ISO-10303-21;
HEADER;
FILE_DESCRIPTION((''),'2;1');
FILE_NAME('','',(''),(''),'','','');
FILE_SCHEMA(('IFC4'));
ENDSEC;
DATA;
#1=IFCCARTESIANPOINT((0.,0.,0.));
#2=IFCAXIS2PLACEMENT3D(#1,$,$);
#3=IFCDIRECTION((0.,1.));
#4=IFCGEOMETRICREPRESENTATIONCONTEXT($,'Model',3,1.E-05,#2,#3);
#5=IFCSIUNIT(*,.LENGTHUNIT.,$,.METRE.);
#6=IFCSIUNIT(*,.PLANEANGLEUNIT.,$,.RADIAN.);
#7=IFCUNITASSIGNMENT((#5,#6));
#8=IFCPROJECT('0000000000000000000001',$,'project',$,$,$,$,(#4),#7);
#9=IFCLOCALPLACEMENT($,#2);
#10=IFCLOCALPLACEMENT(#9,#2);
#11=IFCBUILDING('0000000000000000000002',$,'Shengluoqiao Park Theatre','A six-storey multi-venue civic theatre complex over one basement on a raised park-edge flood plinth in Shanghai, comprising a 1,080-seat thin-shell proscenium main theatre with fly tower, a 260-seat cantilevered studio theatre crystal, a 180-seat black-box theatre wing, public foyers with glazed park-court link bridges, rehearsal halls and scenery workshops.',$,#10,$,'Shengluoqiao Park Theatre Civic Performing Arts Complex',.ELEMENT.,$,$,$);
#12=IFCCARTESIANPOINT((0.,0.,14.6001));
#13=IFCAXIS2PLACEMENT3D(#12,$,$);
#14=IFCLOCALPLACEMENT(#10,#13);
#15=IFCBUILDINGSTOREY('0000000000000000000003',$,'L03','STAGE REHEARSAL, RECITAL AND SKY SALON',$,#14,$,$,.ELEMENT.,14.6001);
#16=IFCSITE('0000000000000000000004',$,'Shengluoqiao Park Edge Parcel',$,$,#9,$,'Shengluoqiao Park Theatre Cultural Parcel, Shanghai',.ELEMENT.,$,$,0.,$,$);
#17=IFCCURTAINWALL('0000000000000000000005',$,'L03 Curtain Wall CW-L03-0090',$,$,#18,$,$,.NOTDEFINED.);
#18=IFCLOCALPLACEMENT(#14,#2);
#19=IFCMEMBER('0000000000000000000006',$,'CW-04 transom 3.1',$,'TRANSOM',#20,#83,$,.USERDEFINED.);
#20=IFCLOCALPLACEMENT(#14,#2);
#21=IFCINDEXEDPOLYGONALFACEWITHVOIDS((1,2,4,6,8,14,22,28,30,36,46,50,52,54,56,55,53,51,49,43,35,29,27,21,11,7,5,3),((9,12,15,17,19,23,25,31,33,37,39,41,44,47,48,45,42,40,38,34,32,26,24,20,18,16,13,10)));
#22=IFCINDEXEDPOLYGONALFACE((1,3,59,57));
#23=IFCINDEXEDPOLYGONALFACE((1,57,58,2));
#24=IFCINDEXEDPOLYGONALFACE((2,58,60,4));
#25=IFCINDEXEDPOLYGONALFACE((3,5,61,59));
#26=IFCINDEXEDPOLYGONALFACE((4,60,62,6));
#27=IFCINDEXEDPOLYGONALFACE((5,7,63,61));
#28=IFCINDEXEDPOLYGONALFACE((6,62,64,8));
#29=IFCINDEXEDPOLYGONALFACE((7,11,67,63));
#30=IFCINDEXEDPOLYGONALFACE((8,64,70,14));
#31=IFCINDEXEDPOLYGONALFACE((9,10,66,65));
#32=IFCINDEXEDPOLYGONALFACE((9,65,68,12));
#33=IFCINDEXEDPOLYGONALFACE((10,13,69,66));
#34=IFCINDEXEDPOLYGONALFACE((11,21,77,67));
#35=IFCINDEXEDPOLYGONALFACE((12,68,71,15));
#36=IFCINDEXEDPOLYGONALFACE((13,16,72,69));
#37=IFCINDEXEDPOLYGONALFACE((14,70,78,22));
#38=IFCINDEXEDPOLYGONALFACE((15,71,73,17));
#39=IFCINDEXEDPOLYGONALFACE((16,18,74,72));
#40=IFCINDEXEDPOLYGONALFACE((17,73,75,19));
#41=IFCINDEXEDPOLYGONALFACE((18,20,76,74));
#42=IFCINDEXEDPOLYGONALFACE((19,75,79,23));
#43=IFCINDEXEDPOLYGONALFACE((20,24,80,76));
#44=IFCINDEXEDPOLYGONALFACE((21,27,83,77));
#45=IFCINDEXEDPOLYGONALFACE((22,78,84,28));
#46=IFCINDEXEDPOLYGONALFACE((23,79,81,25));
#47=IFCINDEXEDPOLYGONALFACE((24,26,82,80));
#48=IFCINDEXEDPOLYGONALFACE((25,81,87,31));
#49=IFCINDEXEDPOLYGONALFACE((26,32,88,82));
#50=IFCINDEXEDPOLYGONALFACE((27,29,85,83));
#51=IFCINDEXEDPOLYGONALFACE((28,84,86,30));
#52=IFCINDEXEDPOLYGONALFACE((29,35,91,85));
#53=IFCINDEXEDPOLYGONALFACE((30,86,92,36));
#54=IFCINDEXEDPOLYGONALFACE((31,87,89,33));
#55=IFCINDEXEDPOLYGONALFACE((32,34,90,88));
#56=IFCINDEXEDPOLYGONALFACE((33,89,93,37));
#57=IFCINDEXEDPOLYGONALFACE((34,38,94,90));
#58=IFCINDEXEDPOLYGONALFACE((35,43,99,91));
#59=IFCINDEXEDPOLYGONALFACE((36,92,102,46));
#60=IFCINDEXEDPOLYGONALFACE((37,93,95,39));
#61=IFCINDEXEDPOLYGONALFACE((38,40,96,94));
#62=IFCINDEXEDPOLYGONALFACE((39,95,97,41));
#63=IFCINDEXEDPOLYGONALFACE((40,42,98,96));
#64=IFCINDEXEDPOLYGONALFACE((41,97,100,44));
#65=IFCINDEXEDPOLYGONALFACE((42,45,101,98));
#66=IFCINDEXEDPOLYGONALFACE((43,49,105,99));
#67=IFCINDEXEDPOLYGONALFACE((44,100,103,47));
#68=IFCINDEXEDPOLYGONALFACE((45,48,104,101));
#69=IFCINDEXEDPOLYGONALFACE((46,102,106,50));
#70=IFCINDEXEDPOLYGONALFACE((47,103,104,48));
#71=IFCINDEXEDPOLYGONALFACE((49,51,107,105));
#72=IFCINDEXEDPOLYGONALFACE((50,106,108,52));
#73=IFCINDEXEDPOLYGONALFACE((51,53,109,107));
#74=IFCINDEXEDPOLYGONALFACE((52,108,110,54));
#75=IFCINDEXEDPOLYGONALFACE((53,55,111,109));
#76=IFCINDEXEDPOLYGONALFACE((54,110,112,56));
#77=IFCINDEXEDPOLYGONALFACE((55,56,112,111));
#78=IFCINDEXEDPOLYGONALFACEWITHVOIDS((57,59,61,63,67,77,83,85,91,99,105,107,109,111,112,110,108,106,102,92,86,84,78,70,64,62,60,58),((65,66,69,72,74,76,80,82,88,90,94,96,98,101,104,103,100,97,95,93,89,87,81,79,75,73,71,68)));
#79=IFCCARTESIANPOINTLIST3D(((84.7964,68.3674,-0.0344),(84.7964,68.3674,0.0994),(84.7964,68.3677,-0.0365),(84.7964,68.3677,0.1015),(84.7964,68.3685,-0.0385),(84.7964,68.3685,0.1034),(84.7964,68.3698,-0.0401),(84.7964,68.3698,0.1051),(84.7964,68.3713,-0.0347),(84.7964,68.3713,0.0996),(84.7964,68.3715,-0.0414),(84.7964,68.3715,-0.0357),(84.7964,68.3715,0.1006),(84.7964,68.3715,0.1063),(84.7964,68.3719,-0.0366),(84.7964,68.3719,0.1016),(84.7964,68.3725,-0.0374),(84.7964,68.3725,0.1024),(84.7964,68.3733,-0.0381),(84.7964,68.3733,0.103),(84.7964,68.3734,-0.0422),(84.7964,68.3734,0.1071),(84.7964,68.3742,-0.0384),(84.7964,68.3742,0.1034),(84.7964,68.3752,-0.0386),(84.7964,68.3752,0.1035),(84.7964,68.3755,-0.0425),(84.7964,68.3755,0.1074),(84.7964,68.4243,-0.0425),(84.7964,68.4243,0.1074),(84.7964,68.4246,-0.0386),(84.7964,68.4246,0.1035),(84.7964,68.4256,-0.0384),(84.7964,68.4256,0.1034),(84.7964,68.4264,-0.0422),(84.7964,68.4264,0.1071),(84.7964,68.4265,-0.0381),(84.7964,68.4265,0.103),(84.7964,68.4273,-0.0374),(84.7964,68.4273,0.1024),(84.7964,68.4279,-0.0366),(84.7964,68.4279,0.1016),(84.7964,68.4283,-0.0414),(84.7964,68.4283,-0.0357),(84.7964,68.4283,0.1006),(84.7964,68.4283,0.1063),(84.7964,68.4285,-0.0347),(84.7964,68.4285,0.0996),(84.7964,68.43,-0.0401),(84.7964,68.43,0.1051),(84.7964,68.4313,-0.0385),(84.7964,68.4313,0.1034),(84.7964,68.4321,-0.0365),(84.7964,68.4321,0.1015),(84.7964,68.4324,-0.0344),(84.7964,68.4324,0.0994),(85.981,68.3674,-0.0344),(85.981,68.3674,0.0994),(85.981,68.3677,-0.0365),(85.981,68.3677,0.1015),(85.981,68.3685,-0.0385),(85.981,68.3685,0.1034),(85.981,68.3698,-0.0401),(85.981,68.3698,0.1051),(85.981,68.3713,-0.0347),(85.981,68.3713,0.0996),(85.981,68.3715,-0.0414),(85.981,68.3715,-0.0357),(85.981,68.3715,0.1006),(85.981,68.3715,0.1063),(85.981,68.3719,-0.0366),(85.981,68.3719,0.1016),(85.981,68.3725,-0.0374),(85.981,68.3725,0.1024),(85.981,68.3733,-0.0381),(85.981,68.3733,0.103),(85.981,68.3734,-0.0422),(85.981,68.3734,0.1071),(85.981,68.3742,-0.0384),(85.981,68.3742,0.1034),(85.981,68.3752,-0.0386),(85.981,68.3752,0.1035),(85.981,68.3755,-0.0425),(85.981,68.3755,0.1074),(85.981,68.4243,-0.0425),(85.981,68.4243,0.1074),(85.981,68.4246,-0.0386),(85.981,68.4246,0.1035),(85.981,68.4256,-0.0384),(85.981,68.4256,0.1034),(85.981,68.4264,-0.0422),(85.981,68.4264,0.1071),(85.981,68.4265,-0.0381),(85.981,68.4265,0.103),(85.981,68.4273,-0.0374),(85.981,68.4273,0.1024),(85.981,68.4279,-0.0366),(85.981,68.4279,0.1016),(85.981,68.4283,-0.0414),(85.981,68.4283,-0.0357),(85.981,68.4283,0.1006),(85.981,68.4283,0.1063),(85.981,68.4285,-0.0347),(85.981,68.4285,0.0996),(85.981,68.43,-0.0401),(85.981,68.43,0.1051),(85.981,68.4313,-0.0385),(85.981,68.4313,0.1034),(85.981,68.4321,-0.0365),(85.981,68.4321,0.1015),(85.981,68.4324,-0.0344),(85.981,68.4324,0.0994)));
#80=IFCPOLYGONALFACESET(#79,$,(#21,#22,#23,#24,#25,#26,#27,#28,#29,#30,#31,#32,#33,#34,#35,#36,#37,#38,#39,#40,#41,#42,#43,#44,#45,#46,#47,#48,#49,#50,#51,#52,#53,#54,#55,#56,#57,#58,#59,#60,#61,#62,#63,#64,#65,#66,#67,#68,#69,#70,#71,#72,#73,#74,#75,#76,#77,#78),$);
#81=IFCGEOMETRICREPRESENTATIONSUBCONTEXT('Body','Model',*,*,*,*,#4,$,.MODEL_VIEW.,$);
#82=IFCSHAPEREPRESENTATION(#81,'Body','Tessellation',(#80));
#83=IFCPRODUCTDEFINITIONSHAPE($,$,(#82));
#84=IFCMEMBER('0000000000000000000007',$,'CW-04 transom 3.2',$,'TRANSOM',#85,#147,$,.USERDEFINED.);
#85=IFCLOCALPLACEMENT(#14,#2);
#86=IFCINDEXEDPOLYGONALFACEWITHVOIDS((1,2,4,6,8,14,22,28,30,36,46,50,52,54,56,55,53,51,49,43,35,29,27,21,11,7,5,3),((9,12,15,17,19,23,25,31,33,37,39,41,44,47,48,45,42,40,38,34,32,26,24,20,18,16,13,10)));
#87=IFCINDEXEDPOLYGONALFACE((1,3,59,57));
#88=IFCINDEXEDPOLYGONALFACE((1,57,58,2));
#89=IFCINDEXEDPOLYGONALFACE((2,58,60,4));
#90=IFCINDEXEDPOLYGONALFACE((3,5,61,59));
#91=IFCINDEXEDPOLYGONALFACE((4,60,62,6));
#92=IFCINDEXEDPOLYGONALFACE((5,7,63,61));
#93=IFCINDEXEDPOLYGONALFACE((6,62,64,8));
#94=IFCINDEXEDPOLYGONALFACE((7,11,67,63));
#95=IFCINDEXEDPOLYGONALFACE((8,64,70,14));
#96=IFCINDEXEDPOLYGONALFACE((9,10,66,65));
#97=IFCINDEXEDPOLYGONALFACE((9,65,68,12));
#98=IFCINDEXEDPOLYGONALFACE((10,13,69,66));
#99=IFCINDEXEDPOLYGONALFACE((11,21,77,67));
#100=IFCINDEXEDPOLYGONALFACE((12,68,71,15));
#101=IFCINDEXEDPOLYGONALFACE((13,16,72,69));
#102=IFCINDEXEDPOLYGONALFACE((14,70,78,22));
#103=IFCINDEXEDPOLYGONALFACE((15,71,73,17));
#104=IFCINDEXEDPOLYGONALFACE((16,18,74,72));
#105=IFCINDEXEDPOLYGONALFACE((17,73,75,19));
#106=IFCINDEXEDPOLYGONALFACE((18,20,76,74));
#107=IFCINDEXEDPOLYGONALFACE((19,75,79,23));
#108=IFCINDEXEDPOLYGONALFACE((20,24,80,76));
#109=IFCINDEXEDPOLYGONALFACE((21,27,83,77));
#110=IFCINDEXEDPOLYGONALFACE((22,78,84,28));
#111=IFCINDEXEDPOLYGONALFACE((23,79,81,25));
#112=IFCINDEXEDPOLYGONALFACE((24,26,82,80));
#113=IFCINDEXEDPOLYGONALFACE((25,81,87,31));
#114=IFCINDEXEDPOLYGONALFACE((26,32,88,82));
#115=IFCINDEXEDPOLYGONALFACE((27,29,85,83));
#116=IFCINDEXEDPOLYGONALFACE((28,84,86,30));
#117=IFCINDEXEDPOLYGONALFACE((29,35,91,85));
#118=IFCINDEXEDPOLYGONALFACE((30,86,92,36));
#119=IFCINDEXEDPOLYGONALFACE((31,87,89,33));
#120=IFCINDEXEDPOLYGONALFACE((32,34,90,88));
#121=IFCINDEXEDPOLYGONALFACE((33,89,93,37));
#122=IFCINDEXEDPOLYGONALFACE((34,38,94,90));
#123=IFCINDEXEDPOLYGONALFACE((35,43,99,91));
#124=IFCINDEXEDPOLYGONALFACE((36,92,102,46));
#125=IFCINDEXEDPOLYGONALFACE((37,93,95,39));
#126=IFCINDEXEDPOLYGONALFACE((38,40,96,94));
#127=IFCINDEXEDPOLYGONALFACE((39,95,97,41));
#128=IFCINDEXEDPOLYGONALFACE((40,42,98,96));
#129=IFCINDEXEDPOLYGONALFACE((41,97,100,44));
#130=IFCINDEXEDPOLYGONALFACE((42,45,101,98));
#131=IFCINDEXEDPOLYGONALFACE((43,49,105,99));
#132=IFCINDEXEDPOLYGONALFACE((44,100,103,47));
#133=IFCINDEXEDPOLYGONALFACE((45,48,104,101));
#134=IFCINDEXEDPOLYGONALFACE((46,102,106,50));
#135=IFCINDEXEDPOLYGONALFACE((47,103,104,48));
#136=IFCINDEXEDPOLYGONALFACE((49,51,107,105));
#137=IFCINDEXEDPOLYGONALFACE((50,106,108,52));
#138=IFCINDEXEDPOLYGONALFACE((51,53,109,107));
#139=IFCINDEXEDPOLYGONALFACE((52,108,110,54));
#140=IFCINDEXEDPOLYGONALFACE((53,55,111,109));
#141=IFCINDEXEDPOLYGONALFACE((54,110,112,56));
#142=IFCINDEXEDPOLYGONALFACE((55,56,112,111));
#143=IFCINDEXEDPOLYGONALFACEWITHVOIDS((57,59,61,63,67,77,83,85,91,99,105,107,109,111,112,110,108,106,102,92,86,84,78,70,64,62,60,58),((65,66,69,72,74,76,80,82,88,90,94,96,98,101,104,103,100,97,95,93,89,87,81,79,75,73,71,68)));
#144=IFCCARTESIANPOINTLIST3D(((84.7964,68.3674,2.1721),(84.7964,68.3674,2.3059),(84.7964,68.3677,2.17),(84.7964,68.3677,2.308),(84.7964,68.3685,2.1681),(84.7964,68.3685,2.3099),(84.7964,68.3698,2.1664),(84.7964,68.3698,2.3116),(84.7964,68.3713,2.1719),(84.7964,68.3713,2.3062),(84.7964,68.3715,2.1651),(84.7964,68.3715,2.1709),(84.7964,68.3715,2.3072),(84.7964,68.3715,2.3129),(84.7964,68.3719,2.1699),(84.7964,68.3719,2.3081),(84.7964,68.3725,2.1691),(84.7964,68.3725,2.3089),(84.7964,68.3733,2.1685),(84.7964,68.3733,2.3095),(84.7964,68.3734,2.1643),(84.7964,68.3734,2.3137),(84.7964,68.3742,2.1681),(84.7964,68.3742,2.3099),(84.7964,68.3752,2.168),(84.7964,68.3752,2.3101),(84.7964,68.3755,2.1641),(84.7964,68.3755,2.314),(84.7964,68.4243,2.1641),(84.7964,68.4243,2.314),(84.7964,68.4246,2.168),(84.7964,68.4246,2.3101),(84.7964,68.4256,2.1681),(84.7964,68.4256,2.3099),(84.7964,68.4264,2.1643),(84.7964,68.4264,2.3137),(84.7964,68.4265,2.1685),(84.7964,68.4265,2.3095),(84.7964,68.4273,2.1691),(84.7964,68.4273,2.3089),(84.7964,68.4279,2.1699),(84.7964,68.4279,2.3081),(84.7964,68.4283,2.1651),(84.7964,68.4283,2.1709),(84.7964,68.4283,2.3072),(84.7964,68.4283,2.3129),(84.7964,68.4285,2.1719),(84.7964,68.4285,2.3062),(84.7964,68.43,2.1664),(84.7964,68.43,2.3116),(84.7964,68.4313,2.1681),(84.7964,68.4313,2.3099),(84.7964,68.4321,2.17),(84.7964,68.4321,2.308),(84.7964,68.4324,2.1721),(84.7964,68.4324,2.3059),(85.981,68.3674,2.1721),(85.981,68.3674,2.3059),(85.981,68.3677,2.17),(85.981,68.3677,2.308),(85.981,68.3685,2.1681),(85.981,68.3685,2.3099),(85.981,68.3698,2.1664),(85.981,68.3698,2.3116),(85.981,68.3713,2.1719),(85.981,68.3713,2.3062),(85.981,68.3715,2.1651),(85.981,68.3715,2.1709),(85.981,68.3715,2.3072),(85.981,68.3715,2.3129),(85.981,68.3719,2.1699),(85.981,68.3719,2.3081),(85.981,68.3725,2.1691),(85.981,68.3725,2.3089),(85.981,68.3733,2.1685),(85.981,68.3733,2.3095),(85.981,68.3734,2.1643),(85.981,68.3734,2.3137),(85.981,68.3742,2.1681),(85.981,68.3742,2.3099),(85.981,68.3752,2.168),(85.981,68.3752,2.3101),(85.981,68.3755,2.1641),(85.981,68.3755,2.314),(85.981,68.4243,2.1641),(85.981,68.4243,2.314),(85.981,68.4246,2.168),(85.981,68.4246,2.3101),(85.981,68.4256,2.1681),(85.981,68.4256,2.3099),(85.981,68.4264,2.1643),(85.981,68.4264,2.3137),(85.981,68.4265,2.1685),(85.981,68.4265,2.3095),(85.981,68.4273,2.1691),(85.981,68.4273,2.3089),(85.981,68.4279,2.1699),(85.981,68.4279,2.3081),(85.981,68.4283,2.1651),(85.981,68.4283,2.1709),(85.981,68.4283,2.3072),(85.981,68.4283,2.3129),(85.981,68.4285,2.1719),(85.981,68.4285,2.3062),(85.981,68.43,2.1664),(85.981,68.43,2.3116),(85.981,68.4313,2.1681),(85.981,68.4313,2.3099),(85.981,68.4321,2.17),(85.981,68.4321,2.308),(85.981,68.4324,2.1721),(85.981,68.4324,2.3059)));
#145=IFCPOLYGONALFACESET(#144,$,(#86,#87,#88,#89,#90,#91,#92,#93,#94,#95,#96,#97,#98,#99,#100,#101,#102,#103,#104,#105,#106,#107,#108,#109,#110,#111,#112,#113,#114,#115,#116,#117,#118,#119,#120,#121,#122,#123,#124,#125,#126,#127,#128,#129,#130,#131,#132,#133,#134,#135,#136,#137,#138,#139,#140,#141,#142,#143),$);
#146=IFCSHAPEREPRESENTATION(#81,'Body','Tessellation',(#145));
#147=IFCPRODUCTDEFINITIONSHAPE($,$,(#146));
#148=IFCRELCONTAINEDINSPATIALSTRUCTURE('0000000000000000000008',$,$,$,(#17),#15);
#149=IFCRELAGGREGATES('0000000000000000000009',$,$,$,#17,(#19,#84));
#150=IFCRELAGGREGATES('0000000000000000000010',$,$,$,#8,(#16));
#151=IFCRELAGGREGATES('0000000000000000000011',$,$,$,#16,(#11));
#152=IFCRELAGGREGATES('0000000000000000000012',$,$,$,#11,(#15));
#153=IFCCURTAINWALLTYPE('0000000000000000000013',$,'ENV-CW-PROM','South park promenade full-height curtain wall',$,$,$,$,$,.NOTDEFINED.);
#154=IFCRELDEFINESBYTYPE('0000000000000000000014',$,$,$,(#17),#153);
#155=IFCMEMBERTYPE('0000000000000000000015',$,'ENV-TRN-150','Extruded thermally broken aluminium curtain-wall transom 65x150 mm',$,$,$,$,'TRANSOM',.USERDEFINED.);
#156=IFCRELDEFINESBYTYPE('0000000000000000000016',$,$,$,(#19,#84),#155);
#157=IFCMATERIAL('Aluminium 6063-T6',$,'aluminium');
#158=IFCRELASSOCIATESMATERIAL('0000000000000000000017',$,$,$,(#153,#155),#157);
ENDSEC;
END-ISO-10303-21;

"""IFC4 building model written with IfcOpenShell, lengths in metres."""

from ifc_helpers import new_model, si_unit, direction, frame, origin, origin_2d, place, context, subcontext, project, spatial, hollow_rectangle, extrude, material, material_profile, profile_set, type_object, element, aggregate, save


model = new_model("IFC4")

# Units and contexts
model_context = context("Model", 3, precision=1e-05, world=origin(), true_north=direction((0.0, 1.0)))
body_context = subcontext(model_context, "Body", "Model", "MODEL_VIEW")
ifc_project = project(units=[si_unit("LENGTHUNIT", "METRE"), si_unit("PLANEANGLEUNIT", "RADIAN")], contexts=[model_context])

# Site, building, storey
site_placement = place(None, origin())
site = spatial("IfcSite", under=ifc_project, at=site_placement, Name="Shengluoqiao Park Edge Parcel", LongName="Shengluoqiao Park Theatre Cultural Parcel, Shanghai", CompositionType="ELEMENT", RefElevation=0.0)
building_placement = place(site_placement, origin())
building = spatial("IfcBuilding", under=site, at=building_placement, Name="Shengluoqiao Park Theatre", Description="A six-storey multi-venue civic theatre complex over one basement on a raised park-edge flood plinth in Shanghai, comprising a 1,080-seat thin-shell proscenium main theatre with fly tower, a 260-seat cantilevered studio theatre crystal, a 180-seat black-box theatre wing, public foyers with glazed park-court link bridges, rehearsal halls and scenery workshops.", LongName="Shengluoqiao Park Theatre Civic Performing Arts Complex", CompositionType="ELEMENT")
storey_placement = place(building_placement, frame((0.0, 0.0, 14.6001)))
storey = spatial("IfcBuildingStorey", under=building, at=storey_placement, Name="L03", Description="STAGE REHEARSAL, RECITAL AND SKY SALON", CompositionType="ELEMENT", Elevation=14.6001)

# Shared definitions
ifc_material_1 = material(Name="Aluminium 6063-T6", Category="aluminium")
curtain_wall_type = type_object("IfcCurtainWallType", Name="ENV-CW-PROM", Description="South park promenade full-height curtain wall", PredefinedType="NOTDEFINED", material=ifc_material_1)

# Curtain wall
curtain_wall_1_placement = place(storey_placement, origin())
curtain_wall_1 = element("IfcCurtainWall", 1, at=curtain_wall_1_placement, inside=storey, type_object=curtain_wall_type, Name="L03 Curtain Wall CW-L03-0090", PredefinedType="NOTDEFINED")

# Members
ifc_material_profile_1 = material_profile(ifc_material_1, hollow_rectangle(XDim=0.0649, YDim=0.1499, WallThickness=0.0039, InnerFilletRadius=0.0039, OuterFilletRadius=0.0081, at=origin_2d()), Name="ALU TRANSOM 150x65x4")
ifc_profile_set_1 = profile_set([ifc_material_profile_1], Name="Aluminium 6063-T6")
member_type_1 = type_object("IfcMemberType", Name="ENV-TRN-150", Description="Extruded thermally broken aluminium curtain-wall transom 65x150 mm", ElementType="TRANSOM", PredefinedType="USERDEFINED", material=ifc_profile_set_1)
member_1_placement = place(storey_placement, frame((84.7964, 68.3999, 0.0325), z_axis=(1.0, 0.0, 0.0), x_axis=(0.0, 1.0, 0.0)))
member_1 = element("IfcMember", 2, at=member_1_placement, type_object=member_type_1, Name="CW-04 transom 3.1", ObjectType="TRANSOM", PredefinedType="USERDEFINED", context=body_context, shape_type="SweptSolid", body=[
    extrude(hollow_rectangle(XDim=0.0649, YDim=0.1499, WallThickness=0.0039, InnerFilletRadius=0.0039, OuterFilletRadius=0.0081, at=origin_2d()), origin(), (0.0, 0.0, 1.0), 1.1846),
])
member_2_placement = place(storey_placement, frame((84.7964, 68.3999, 2.239), z_axis=(1.0, 0.0, 0.0), x_axis=(0.0, 1.0, 0.0)))
member_2 = element("IfcMember", 3, at=member_2_placement, type_object=member_type_1, Name="CW-04 transom 3.2", ObjectType="TRANSOM", PredefinedType="USERDEFINED", context=body_context, shape_type="SweptSolid", body=[
    extrude(hollow_rectangle(XDim=0.0649, YDim=0.1499, WallThickness=0.0039, InnerFilletRadius=0.0039, OuterFilletRadius=0.0081, at=origin_2d()), origin(), (0.0, 0.0, 1.0), 1.1846),
])

aggregate(curtain_wall_1, [member_1, member_2])

save(model, "model.ifc")
